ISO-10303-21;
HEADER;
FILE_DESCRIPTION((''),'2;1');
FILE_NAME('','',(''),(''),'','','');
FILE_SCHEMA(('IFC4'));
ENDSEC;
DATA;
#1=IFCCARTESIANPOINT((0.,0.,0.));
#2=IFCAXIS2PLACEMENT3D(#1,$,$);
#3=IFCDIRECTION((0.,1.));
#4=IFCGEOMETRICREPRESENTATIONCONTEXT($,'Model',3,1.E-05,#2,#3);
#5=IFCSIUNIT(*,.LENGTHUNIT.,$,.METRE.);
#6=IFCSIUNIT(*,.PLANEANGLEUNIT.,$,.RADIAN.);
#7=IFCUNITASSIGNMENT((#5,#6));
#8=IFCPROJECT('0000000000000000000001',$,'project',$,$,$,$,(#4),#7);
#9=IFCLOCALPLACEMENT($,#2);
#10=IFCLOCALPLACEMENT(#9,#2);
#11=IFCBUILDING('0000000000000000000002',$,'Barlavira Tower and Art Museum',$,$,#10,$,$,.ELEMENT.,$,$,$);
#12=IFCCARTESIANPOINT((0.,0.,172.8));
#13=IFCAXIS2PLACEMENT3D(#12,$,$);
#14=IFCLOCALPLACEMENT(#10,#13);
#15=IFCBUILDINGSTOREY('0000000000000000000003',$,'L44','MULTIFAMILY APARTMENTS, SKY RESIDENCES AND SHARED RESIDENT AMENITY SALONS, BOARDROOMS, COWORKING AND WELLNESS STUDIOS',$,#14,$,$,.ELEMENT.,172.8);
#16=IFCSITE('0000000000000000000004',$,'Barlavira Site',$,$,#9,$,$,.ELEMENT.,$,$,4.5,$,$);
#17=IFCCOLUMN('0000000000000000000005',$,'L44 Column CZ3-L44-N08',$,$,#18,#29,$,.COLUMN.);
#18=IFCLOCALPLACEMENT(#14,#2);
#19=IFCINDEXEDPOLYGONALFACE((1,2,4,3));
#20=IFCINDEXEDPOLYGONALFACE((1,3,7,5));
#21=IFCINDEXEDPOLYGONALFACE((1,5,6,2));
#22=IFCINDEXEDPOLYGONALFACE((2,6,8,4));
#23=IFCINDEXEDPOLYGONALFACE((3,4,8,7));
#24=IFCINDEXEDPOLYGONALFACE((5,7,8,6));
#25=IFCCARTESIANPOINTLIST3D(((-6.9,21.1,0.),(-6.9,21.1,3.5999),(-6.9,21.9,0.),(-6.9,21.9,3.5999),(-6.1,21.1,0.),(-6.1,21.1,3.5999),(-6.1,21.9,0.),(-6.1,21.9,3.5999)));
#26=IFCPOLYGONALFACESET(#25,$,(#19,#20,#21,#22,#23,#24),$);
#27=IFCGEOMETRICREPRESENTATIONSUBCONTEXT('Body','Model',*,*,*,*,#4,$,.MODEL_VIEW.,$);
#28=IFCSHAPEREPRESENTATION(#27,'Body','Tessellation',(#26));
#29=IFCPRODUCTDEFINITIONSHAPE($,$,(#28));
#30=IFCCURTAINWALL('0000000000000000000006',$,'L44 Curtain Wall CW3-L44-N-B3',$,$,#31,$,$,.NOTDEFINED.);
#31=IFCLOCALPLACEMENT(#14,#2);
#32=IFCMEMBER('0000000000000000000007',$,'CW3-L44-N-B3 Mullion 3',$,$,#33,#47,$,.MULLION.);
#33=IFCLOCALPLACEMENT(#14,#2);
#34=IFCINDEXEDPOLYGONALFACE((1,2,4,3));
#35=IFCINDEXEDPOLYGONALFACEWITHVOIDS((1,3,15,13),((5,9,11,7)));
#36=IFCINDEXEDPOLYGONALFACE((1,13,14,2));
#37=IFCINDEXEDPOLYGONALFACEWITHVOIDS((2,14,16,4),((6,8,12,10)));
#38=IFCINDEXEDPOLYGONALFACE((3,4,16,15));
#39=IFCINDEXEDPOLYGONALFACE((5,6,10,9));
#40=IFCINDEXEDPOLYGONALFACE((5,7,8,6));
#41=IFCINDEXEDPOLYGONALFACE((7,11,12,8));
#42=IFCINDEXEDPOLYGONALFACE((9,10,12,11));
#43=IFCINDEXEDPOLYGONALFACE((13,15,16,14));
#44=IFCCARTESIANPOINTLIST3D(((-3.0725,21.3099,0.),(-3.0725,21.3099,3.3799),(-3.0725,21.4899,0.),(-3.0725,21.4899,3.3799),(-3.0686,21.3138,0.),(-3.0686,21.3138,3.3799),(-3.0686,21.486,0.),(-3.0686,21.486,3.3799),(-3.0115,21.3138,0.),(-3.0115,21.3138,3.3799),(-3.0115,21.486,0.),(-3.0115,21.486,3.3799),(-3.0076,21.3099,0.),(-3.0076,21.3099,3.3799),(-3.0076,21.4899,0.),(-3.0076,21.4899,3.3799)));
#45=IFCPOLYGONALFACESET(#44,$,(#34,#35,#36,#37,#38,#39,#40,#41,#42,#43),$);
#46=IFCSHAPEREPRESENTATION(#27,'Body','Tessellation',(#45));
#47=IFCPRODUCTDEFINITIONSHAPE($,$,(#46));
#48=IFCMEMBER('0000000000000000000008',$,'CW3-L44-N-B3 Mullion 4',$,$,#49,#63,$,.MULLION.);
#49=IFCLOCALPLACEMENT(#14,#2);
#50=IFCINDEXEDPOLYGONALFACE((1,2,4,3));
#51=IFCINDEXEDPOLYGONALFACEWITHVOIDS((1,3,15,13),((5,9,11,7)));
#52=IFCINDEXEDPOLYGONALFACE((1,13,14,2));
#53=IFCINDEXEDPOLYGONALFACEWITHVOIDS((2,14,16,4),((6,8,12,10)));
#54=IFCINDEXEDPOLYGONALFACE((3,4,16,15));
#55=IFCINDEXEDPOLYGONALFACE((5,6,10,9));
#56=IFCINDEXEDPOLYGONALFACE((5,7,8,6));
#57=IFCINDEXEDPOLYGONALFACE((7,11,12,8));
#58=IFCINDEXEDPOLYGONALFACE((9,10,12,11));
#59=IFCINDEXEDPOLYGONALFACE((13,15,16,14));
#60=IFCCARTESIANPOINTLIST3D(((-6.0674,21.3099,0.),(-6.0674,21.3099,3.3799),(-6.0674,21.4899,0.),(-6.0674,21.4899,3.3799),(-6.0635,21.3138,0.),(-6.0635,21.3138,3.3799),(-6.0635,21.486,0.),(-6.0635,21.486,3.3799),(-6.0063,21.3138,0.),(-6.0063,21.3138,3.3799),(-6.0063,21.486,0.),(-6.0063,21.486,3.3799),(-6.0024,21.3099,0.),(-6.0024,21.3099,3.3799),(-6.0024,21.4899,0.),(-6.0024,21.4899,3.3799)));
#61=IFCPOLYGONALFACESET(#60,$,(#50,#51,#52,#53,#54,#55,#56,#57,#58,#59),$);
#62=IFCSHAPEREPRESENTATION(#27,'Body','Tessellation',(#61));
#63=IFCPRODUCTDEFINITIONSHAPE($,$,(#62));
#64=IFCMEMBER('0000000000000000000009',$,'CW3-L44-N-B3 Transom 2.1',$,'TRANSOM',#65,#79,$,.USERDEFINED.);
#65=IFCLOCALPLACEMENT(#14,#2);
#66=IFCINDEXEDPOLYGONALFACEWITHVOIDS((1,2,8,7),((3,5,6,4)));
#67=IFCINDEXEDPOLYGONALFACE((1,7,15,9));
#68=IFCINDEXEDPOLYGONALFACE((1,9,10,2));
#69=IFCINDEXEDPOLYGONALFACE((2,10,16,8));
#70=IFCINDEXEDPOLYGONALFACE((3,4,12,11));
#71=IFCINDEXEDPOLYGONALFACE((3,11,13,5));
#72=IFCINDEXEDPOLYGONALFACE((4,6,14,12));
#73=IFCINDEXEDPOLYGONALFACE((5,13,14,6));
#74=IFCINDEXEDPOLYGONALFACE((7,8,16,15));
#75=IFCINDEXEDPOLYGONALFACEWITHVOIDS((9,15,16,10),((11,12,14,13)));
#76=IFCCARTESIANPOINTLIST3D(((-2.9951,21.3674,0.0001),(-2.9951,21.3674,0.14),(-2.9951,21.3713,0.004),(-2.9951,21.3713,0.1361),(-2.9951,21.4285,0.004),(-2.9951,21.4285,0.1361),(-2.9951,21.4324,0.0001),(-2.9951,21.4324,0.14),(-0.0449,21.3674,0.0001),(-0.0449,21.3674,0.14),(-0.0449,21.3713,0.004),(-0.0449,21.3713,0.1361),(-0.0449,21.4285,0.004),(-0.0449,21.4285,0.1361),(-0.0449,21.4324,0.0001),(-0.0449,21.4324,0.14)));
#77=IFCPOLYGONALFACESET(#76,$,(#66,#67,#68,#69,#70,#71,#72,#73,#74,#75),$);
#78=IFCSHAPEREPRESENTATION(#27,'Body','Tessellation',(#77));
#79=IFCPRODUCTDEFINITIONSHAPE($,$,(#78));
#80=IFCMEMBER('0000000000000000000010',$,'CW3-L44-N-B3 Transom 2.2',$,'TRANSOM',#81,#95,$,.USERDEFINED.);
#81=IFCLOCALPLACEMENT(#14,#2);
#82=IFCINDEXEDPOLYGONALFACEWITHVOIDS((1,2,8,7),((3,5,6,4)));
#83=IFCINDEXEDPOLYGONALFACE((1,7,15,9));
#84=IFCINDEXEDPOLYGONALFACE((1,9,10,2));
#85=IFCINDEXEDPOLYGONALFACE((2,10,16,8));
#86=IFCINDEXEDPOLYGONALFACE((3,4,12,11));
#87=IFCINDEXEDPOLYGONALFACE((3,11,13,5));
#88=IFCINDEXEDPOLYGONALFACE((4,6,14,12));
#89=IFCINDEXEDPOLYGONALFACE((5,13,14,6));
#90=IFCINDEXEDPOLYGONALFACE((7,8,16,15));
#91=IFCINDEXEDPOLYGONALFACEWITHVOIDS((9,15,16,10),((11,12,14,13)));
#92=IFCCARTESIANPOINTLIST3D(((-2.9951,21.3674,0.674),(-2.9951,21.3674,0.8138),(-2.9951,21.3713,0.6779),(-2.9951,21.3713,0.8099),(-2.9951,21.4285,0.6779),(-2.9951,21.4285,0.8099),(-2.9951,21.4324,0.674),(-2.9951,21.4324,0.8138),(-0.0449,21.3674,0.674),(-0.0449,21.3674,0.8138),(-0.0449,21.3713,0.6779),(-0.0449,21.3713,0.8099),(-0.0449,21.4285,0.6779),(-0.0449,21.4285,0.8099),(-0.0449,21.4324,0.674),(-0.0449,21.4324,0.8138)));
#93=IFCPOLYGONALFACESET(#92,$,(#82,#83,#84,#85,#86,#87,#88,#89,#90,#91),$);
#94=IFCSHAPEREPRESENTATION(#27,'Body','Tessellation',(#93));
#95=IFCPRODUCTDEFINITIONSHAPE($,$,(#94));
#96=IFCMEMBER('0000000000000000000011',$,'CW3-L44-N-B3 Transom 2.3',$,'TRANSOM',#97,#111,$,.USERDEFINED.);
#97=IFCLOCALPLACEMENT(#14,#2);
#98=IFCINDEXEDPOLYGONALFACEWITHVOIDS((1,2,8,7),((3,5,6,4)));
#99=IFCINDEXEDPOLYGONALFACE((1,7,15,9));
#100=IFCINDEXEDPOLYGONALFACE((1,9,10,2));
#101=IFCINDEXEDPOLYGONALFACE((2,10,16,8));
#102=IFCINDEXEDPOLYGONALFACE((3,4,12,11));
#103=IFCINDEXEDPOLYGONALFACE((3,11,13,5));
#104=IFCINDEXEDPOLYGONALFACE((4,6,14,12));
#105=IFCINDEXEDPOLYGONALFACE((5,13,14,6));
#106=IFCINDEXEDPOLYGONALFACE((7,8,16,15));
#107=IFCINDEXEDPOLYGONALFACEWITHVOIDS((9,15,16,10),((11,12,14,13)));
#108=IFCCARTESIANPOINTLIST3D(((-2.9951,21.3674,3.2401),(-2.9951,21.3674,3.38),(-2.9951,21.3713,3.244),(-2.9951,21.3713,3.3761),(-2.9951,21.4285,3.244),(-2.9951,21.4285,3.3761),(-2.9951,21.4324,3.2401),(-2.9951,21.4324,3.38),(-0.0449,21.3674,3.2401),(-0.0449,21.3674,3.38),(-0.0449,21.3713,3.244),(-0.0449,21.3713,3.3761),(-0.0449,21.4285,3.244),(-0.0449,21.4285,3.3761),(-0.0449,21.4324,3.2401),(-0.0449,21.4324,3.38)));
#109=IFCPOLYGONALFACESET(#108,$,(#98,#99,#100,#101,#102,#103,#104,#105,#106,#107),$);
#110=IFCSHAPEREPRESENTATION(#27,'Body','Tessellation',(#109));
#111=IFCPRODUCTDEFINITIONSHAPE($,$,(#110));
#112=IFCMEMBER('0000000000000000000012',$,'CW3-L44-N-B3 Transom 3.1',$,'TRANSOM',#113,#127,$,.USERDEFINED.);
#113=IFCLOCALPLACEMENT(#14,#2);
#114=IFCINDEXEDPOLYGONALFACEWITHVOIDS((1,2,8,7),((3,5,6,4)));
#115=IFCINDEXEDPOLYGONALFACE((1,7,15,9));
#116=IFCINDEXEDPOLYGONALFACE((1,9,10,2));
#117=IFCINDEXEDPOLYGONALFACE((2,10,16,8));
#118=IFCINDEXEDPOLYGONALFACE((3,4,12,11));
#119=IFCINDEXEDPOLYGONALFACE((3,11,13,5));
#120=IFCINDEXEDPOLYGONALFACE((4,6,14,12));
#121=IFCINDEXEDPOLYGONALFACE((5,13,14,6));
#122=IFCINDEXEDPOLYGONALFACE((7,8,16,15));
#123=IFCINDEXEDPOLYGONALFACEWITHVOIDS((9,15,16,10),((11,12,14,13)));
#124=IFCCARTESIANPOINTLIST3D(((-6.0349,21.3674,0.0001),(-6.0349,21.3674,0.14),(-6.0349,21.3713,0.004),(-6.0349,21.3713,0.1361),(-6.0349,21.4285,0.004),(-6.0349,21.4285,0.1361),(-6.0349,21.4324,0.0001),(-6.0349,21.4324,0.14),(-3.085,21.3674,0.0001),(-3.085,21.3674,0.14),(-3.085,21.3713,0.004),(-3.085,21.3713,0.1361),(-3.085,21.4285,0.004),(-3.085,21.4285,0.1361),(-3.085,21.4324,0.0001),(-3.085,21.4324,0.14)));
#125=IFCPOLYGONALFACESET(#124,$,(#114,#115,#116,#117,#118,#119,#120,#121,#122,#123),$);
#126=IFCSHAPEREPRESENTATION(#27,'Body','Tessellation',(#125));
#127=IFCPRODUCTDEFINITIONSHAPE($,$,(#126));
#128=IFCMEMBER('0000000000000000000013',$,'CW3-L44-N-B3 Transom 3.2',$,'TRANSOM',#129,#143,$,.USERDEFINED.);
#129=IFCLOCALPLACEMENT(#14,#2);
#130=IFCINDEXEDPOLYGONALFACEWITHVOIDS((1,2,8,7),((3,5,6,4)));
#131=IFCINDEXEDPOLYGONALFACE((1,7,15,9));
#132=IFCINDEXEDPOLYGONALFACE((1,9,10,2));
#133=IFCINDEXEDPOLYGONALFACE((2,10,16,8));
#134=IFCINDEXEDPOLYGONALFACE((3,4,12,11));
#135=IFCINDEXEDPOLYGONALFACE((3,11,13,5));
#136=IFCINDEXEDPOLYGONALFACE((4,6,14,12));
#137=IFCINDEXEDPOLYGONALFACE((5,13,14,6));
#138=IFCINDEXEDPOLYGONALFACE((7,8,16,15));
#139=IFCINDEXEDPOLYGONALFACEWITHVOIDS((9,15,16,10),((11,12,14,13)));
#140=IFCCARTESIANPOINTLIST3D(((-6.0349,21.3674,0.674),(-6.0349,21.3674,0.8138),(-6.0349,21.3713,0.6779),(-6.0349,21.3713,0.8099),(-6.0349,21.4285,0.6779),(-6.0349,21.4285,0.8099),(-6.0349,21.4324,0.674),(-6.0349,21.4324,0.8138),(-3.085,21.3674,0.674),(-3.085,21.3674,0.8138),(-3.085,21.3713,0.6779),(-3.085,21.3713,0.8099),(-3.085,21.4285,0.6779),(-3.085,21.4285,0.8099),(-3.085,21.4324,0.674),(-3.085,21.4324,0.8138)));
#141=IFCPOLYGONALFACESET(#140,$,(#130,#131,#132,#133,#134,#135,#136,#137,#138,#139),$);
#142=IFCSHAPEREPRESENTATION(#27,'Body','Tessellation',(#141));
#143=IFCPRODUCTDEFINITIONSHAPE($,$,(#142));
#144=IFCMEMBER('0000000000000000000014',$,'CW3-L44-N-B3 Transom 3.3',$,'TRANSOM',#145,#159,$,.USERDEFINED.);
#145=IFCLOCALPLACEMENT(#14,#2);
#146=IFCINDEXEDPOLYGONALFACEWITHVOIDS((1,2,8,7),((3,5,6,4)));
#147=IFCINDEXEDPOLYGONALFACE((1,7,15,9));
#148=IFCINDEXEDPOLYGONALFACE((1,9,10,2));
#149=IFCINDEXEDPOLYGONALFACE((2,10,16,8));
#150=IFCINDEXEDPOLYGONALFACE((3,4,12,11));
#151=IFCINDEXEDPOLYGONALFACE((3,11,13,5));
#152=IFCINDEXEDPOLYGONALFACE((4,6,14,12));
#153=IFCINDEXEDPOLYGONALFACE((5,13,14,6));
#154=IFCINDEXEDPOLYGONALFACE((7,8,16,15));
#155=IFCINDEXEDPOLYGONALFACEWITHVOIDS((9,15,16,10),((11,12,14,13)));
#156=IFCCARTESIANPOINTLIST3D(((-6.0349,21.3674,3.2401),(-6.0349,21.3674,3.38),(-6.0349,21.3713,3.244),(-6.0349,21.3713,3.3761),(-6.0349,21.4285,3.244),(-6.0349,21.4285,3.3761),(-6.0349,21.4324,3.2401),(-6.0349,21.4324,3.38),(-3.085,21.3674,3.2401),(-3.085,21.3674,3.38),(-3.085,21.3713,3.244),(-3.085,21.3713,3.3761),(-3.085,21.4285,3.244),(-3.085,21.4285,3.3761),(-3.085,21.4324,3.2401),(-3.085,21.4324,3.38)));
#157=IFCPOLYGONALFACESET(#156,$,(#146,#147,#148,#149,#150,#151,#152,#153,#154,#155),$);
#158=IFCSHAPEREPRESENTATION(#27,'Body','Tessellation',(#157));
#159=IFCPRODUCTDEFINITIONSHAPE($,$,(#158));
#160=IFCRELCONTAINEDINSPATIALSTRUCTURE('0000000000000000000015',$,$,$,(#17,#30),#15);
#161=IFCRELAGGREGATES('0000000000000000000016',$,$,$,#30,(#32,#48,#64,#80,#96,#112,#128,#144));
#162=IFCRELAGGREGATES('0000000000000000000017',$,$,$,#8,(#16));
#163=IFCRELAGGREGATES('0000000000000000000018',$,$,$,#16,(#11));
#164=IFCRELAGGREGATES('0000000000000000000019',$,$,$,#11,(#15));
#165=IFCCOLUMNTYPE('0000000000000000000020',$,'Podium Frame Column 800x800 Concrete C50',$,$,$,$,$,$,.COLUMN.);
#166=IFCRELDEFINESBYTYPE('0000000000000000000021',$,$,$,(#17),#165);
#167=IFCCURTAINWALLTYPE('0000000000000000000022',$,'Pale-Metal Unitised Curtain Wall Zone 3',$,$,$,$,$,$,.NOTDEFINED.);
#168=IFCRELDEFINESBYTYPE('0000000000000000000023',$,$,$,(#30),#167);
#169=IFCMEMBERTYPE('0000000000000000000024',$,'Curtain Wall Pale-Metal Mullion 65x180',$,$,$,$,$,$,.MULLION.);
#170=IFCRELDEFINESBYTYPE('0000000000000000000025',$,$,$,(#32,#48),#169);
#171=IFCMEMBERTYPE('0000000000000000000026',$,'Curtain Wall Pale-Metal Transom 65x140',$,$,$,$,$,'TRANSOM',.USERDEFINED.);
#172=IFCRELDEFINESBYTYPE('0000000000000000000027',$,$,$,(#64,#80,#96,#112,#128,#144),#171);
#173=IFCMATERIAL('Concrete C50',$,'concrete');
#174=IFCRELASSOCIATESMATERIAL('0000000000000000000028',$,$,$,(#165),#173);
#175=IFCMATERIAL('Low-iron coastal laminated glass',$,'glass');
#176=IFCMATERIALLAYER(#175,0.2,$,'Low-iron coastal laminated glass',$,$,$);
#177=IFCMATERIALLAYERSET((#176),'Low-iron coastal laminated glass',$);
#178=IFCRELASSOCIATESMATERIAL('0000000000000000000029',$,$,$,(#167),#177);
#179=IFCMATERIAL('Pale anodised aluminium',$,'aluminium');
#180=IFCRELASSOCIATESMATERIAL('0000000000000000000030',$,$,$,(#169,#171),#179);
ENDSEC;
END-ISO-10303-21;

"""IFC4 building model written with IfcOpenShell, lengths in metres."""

from ifc_helpers import new_model, si_unit, direction, frame, origin, origin_2d, place, context, subcontext, project, spatial, rectangle, hollow_rectangle, extrude, material, layer, layer_set, material_profile, profile_set, type_object, element, aggregate, save


model = new_model("IFC4")

# Units and contexts
model_context = context("Model", 3, precision=1e-05, world=origin(), true_north=direction((0.0, 1.0)))
body_context = subcontext(model_context, "Body", "Model", "MODEL_VIEW")
ifc_project = project(units=[si_unit("LENGTHUNIT", "METRE"), si_unit("PLANEANGLEUNIT", "RADIAN")], contexts=[model_context])

# Site, building, storey
site_placement = place(None, origin())
site = spatial("IfcSite", under=ifc_project, at=site_placement, Name="Barlavira Site", CompositionType="ELEMENT", RefElevation=4.5)
building_placement = place(site_placement, origin())
building = spatial("IfcBuilding", under=site, at=building_placement, Name="Barlavira Tower and Art Museum", CompositionType="ELEMENT")
storey_placement = place(building_placement, frame((0.0, 0.0, 172.8)))
storey = spatial("IfcBuildingStorey", under=building, at=storey_placement, Name="L44", Description="MULTIFAMILY APARTMENTS, SKY RESIDENCES AND SHARED RESIDENT AMENITY SALONS, BOARDROOMS, COWORKING AND WELLNESS STUDIOS", CompositionType="ELEMENT", Elevation=172.8)

# Column
ifc_material_1 = material(Name="Concrete C50", Category="concrete")
ifc_material_profile_1 = material_profile(ifc_material_1, rectangle(XDim=0.8, YDim=0.8, at=origin_2d()), Name="RC-COL 800x800")
ifc_profile_set_1 = profile_set([ifc_material_profile_1], Name="Concrete C50")
column_type = type_object("IfcColumnType", Name="Podium Frame Column 800x800 Concrete C50", PredefinedType="COLUMN", material=ifc_profile_set_1)
column_placement = place(storey_placement, frame((-6.5, 21.5, 0.0), z_axis=(0.0, 0.0, 1.0), x_axis=(1.0, 0.0, 0.0)))
element("IfcColumn", 1, at=column_placement, inside=storey, type_object=column_type, Name="L44 Column CZ3-L44-N08", PredefinedType="COLUMN", context=body_context, shape_type="SweptSolid", body=[
    extrude(rectangle(XDim=0.8, YDim=0.8, at=origin_2d()), origin(), (0.0, 0.0, 1.0), 3.5999),
])

# Curtain wall, members
ifc_material_2 = material(Name="Low-iron coastal laminated glass", Category="glass")
ifc_layer_1 = layer(ifc_material_2, 0.2, Name="Low-iron coastal laminated glass")
ifc_layer_set_1 = layer_set([ifc_layer_1], Name="Low-iron coastal laminated glass")
curtain_wall_type = type_object("IfcCurtainWallType", Name="Pale-Metal Unitised Curtain Wall Zone 3", PredefinedType="NOTDEFINED", material=ifc_layer_set_1)
curtain_wall_placement = place(storey_placement, origin())
curtain_wall = element("IfcCurtainWall", 2, at=curtain_wall_placement, inside=storey, type_object=curtain_wall_type, Name="L44 Curtain Wall CW3-L44-N-B3", PredefinedType="NOTDEFINED")
ifc_material_3 = material(Name="Pale anodised aluminium", Category="aluminium")
ifc_material_profile_2 = material_profile(ifc_material_3, hollow_rectangle(XDim=0.0649, YDim=0.1799, WallThickness=0.0039, at=origin_2d()), Name="ALU-MULL 65x180x4")
ifc_profile_set_2 = profile_set([ifc_material_profile_2], Name="Pale anodised aluminium")
member_type_1 = type_object("IfcMemberType", Name="Curtain Wall Pale-Metal Mullion 65x180", PredefinedType="MULLION", material=ifc_profile_set_2)
member_1_placement = place(storey_placement, frame((-3.04, 21.3999, 0.0), z_axis=(0.0, 0.0, 1.0), x_axis=(-1.0, 0.0, 0.0)))
member_1 = element("IfcMember", 3, at=member_1_placement, type_object=member_type_1, Name="CW3-L44-N-B3 Mullion 3", PredefinedType="MULLION", context=body_context, shape_type="SweptSolid", body=[
    extrude(hollow_rectangle(XDim=0.0649, YDim=0.1799, WallThickness=0.0039, at=origin_2d()), origin(), (0.0, 0.0, 1.0), 3.3799),
])
member_2_placement = place(storey_placement, frame((-6.0349, 21.3999, 0.0), z_axis=(0.0, 0.0, 1.0), x_axis=(-1.0, 0.0, 0.0)))
member_2 = element("IfcMember", 4, at=member_2_placement, type_object=member_type_1, Name="CW3-L44-N-B3 Mullion 4", PredefinedType="MULLION", context=body_context, shape_type="SweptSolid", body=[
    extrude(hollow_rectangle(XDim=0.0649, YDim=0.1799, WallThickness=0.0039, at=origin_2d()), origin(), (0.0, 0.0, 1.0), 3.3799),
])
ifc_material_profile_3 = material_profile(ifc_material_3, hollow_rectangle(XDim=0.0649, YDim=0.1399, WallThickness=0.0039, at=origin_2d()), Name="ALU-TRAN 65x140x4")
ifc_profile_set_3 = profile_set([ifc_material_profile_3], Name="Pale anodised aluminium")
member_type_2 = type_object("IfcMemberType", Name="Curtain Wall Pale-Metal Transom 65x140", ElementType="TRANSOM", PredefinedType="USERDEFINED", material=ifc_profile_set_3)
member_3_placement = place(storey_placement, frame((-0.0449, 21.3999, 0.0701), z_axis=(-1.0, 0.0, 0.0), x_axis=(0.0, -1.0, 0.0)))
member_3 = element("IfcMember", 5, at=member_3_placement, type_object=member_type_2, Name="CW3-L44-N-B3 Transom 2.1", ObjectType="TRANSOM", PredefinedType="USERDEFINED", context=body_context, shape_type="SweptSolid", body=[
    extrude(hollow_rectangle(XDim=0.0649, YDim=0.1399, WallThickness=0.0039, at=origin_2d()), origin(), (0.0, 0.0, 1.0), 2.9502),
])
member_4_placement = place(storey_placement, frame((-0.0449, 21.3999, 0.7439), z_axis=(-1.0, 0.0, 0.0), x_axis=(0.0, -1.0, 0.0)))
member_4 = element("IfcMember", 6, at=member_4_placement, type_object=member_type_2, Name="CW3-L44-N-B3 Transom 2.2", ObjectType="TRANSOM", PredefinedType="USERDEFINED", context=body_context, shape_type="SweptSolid", body=[
    extrude(hollow_rectangle(XDim=0.0649, YDim=0.1399, WallThickness=0.0039, at=origin_2d()), origin(), (0.0, 0.0, 1.0), 2.9502),
])
member_5_placement = place(storey_placement, frame((-0.0449, 21.3999, 3.3101), z_axis=(-1.0, 0.0, 0.0), x_axis=(0.0, -1.0, 0.0)))
member_5 = element("IfcMember", 7, at=member_5_placement, type_object=member_type_2, Name="CW3-L44-N-B3 Transom 2.3", ObjectType="TRANSOM", PredefinedType="USERDEFINED", context=body_context, shape_type="SweptSolid", body=[
    extrude(hollow_rectangle(XDim=0.0649, YDim=0.1399, WallThickness=0.0039, at=origin_2d()), origin(), (0.0, 0.0, 1.0), 2.9502),
])
member_6_placement = place(storey_placement, frame((-3.085, 21.3999, 0.0701), z_axis=(-1.0, 0.0, 0.0), x_axis=(0.0, -1.0, 0.0)))
member_6 = element("IfcMember", 8, at=member_6_placement, type_object=member_type_2, Name="CW3-L44-N-B3 Transom 3.1", ObjectType="TRANSOM", PredefinedType="USERDEFINED", context=body_context, shape_type="SweptSolid", body=[
    extrude(hollow_rectangle(XDim=0.0649, YDim=0.1399, WallThickness=0.0039, at=origin_2d()), origin(), (0.0, 0.0, 1.0), 2.95),
])
member_7_placement = place(storey_placement, frame((-3.085, 21.3999, 0.7439), z_axis=(-1.0, 0.0, 0.0), x_axis=(0.0, -1.0, 0.0)))
member_7 = element("IfcMember", 9, at=member_7_placement, type_object=member_type_2, Name="CW3-L44-N-B3 Transom 3.2", ObjectType="TRANSOM", PredefinedType="USERDEFINED", context=body_context, shape_type="SweptSolid", body=[
    extrude(hollow_rectangle(XDim=0.0649, YDim=0.1399, WallThickness=0.0039, at=origin_2d()), origin(), (0.0, 0.0, 1.0), 2.95),
])
member_8_placement = place(storey_placement, frame((-3.085, 21.3999, 3.3101), z_axis=(-1.0, 0.0, 0.0), x_axis=(0.0, -1.0, 0.0)))
member_8 = element("IfcMember", 10, at=member_8_placement, type_object=member_type_2, Name="CW3-L44-N-B3 Transom 3.3", ObjectType="TRANSOM", PredefinedType="USERDEFINED", context=body_context, shape_type="SweptSolid", body=[
    extrude(hollow_rectangle(XDim=0.0649, YDim=0.1399, WallThickness=0.0039, at=origin_2d()), origin(), (0.0, 0.0, 1.0), 2.95),
])

aggregate(curtain_wall, [member_1, member_2, member_3, member_4, member_5, member_6, member_7, member_8])

save(model, "model.ifc")
